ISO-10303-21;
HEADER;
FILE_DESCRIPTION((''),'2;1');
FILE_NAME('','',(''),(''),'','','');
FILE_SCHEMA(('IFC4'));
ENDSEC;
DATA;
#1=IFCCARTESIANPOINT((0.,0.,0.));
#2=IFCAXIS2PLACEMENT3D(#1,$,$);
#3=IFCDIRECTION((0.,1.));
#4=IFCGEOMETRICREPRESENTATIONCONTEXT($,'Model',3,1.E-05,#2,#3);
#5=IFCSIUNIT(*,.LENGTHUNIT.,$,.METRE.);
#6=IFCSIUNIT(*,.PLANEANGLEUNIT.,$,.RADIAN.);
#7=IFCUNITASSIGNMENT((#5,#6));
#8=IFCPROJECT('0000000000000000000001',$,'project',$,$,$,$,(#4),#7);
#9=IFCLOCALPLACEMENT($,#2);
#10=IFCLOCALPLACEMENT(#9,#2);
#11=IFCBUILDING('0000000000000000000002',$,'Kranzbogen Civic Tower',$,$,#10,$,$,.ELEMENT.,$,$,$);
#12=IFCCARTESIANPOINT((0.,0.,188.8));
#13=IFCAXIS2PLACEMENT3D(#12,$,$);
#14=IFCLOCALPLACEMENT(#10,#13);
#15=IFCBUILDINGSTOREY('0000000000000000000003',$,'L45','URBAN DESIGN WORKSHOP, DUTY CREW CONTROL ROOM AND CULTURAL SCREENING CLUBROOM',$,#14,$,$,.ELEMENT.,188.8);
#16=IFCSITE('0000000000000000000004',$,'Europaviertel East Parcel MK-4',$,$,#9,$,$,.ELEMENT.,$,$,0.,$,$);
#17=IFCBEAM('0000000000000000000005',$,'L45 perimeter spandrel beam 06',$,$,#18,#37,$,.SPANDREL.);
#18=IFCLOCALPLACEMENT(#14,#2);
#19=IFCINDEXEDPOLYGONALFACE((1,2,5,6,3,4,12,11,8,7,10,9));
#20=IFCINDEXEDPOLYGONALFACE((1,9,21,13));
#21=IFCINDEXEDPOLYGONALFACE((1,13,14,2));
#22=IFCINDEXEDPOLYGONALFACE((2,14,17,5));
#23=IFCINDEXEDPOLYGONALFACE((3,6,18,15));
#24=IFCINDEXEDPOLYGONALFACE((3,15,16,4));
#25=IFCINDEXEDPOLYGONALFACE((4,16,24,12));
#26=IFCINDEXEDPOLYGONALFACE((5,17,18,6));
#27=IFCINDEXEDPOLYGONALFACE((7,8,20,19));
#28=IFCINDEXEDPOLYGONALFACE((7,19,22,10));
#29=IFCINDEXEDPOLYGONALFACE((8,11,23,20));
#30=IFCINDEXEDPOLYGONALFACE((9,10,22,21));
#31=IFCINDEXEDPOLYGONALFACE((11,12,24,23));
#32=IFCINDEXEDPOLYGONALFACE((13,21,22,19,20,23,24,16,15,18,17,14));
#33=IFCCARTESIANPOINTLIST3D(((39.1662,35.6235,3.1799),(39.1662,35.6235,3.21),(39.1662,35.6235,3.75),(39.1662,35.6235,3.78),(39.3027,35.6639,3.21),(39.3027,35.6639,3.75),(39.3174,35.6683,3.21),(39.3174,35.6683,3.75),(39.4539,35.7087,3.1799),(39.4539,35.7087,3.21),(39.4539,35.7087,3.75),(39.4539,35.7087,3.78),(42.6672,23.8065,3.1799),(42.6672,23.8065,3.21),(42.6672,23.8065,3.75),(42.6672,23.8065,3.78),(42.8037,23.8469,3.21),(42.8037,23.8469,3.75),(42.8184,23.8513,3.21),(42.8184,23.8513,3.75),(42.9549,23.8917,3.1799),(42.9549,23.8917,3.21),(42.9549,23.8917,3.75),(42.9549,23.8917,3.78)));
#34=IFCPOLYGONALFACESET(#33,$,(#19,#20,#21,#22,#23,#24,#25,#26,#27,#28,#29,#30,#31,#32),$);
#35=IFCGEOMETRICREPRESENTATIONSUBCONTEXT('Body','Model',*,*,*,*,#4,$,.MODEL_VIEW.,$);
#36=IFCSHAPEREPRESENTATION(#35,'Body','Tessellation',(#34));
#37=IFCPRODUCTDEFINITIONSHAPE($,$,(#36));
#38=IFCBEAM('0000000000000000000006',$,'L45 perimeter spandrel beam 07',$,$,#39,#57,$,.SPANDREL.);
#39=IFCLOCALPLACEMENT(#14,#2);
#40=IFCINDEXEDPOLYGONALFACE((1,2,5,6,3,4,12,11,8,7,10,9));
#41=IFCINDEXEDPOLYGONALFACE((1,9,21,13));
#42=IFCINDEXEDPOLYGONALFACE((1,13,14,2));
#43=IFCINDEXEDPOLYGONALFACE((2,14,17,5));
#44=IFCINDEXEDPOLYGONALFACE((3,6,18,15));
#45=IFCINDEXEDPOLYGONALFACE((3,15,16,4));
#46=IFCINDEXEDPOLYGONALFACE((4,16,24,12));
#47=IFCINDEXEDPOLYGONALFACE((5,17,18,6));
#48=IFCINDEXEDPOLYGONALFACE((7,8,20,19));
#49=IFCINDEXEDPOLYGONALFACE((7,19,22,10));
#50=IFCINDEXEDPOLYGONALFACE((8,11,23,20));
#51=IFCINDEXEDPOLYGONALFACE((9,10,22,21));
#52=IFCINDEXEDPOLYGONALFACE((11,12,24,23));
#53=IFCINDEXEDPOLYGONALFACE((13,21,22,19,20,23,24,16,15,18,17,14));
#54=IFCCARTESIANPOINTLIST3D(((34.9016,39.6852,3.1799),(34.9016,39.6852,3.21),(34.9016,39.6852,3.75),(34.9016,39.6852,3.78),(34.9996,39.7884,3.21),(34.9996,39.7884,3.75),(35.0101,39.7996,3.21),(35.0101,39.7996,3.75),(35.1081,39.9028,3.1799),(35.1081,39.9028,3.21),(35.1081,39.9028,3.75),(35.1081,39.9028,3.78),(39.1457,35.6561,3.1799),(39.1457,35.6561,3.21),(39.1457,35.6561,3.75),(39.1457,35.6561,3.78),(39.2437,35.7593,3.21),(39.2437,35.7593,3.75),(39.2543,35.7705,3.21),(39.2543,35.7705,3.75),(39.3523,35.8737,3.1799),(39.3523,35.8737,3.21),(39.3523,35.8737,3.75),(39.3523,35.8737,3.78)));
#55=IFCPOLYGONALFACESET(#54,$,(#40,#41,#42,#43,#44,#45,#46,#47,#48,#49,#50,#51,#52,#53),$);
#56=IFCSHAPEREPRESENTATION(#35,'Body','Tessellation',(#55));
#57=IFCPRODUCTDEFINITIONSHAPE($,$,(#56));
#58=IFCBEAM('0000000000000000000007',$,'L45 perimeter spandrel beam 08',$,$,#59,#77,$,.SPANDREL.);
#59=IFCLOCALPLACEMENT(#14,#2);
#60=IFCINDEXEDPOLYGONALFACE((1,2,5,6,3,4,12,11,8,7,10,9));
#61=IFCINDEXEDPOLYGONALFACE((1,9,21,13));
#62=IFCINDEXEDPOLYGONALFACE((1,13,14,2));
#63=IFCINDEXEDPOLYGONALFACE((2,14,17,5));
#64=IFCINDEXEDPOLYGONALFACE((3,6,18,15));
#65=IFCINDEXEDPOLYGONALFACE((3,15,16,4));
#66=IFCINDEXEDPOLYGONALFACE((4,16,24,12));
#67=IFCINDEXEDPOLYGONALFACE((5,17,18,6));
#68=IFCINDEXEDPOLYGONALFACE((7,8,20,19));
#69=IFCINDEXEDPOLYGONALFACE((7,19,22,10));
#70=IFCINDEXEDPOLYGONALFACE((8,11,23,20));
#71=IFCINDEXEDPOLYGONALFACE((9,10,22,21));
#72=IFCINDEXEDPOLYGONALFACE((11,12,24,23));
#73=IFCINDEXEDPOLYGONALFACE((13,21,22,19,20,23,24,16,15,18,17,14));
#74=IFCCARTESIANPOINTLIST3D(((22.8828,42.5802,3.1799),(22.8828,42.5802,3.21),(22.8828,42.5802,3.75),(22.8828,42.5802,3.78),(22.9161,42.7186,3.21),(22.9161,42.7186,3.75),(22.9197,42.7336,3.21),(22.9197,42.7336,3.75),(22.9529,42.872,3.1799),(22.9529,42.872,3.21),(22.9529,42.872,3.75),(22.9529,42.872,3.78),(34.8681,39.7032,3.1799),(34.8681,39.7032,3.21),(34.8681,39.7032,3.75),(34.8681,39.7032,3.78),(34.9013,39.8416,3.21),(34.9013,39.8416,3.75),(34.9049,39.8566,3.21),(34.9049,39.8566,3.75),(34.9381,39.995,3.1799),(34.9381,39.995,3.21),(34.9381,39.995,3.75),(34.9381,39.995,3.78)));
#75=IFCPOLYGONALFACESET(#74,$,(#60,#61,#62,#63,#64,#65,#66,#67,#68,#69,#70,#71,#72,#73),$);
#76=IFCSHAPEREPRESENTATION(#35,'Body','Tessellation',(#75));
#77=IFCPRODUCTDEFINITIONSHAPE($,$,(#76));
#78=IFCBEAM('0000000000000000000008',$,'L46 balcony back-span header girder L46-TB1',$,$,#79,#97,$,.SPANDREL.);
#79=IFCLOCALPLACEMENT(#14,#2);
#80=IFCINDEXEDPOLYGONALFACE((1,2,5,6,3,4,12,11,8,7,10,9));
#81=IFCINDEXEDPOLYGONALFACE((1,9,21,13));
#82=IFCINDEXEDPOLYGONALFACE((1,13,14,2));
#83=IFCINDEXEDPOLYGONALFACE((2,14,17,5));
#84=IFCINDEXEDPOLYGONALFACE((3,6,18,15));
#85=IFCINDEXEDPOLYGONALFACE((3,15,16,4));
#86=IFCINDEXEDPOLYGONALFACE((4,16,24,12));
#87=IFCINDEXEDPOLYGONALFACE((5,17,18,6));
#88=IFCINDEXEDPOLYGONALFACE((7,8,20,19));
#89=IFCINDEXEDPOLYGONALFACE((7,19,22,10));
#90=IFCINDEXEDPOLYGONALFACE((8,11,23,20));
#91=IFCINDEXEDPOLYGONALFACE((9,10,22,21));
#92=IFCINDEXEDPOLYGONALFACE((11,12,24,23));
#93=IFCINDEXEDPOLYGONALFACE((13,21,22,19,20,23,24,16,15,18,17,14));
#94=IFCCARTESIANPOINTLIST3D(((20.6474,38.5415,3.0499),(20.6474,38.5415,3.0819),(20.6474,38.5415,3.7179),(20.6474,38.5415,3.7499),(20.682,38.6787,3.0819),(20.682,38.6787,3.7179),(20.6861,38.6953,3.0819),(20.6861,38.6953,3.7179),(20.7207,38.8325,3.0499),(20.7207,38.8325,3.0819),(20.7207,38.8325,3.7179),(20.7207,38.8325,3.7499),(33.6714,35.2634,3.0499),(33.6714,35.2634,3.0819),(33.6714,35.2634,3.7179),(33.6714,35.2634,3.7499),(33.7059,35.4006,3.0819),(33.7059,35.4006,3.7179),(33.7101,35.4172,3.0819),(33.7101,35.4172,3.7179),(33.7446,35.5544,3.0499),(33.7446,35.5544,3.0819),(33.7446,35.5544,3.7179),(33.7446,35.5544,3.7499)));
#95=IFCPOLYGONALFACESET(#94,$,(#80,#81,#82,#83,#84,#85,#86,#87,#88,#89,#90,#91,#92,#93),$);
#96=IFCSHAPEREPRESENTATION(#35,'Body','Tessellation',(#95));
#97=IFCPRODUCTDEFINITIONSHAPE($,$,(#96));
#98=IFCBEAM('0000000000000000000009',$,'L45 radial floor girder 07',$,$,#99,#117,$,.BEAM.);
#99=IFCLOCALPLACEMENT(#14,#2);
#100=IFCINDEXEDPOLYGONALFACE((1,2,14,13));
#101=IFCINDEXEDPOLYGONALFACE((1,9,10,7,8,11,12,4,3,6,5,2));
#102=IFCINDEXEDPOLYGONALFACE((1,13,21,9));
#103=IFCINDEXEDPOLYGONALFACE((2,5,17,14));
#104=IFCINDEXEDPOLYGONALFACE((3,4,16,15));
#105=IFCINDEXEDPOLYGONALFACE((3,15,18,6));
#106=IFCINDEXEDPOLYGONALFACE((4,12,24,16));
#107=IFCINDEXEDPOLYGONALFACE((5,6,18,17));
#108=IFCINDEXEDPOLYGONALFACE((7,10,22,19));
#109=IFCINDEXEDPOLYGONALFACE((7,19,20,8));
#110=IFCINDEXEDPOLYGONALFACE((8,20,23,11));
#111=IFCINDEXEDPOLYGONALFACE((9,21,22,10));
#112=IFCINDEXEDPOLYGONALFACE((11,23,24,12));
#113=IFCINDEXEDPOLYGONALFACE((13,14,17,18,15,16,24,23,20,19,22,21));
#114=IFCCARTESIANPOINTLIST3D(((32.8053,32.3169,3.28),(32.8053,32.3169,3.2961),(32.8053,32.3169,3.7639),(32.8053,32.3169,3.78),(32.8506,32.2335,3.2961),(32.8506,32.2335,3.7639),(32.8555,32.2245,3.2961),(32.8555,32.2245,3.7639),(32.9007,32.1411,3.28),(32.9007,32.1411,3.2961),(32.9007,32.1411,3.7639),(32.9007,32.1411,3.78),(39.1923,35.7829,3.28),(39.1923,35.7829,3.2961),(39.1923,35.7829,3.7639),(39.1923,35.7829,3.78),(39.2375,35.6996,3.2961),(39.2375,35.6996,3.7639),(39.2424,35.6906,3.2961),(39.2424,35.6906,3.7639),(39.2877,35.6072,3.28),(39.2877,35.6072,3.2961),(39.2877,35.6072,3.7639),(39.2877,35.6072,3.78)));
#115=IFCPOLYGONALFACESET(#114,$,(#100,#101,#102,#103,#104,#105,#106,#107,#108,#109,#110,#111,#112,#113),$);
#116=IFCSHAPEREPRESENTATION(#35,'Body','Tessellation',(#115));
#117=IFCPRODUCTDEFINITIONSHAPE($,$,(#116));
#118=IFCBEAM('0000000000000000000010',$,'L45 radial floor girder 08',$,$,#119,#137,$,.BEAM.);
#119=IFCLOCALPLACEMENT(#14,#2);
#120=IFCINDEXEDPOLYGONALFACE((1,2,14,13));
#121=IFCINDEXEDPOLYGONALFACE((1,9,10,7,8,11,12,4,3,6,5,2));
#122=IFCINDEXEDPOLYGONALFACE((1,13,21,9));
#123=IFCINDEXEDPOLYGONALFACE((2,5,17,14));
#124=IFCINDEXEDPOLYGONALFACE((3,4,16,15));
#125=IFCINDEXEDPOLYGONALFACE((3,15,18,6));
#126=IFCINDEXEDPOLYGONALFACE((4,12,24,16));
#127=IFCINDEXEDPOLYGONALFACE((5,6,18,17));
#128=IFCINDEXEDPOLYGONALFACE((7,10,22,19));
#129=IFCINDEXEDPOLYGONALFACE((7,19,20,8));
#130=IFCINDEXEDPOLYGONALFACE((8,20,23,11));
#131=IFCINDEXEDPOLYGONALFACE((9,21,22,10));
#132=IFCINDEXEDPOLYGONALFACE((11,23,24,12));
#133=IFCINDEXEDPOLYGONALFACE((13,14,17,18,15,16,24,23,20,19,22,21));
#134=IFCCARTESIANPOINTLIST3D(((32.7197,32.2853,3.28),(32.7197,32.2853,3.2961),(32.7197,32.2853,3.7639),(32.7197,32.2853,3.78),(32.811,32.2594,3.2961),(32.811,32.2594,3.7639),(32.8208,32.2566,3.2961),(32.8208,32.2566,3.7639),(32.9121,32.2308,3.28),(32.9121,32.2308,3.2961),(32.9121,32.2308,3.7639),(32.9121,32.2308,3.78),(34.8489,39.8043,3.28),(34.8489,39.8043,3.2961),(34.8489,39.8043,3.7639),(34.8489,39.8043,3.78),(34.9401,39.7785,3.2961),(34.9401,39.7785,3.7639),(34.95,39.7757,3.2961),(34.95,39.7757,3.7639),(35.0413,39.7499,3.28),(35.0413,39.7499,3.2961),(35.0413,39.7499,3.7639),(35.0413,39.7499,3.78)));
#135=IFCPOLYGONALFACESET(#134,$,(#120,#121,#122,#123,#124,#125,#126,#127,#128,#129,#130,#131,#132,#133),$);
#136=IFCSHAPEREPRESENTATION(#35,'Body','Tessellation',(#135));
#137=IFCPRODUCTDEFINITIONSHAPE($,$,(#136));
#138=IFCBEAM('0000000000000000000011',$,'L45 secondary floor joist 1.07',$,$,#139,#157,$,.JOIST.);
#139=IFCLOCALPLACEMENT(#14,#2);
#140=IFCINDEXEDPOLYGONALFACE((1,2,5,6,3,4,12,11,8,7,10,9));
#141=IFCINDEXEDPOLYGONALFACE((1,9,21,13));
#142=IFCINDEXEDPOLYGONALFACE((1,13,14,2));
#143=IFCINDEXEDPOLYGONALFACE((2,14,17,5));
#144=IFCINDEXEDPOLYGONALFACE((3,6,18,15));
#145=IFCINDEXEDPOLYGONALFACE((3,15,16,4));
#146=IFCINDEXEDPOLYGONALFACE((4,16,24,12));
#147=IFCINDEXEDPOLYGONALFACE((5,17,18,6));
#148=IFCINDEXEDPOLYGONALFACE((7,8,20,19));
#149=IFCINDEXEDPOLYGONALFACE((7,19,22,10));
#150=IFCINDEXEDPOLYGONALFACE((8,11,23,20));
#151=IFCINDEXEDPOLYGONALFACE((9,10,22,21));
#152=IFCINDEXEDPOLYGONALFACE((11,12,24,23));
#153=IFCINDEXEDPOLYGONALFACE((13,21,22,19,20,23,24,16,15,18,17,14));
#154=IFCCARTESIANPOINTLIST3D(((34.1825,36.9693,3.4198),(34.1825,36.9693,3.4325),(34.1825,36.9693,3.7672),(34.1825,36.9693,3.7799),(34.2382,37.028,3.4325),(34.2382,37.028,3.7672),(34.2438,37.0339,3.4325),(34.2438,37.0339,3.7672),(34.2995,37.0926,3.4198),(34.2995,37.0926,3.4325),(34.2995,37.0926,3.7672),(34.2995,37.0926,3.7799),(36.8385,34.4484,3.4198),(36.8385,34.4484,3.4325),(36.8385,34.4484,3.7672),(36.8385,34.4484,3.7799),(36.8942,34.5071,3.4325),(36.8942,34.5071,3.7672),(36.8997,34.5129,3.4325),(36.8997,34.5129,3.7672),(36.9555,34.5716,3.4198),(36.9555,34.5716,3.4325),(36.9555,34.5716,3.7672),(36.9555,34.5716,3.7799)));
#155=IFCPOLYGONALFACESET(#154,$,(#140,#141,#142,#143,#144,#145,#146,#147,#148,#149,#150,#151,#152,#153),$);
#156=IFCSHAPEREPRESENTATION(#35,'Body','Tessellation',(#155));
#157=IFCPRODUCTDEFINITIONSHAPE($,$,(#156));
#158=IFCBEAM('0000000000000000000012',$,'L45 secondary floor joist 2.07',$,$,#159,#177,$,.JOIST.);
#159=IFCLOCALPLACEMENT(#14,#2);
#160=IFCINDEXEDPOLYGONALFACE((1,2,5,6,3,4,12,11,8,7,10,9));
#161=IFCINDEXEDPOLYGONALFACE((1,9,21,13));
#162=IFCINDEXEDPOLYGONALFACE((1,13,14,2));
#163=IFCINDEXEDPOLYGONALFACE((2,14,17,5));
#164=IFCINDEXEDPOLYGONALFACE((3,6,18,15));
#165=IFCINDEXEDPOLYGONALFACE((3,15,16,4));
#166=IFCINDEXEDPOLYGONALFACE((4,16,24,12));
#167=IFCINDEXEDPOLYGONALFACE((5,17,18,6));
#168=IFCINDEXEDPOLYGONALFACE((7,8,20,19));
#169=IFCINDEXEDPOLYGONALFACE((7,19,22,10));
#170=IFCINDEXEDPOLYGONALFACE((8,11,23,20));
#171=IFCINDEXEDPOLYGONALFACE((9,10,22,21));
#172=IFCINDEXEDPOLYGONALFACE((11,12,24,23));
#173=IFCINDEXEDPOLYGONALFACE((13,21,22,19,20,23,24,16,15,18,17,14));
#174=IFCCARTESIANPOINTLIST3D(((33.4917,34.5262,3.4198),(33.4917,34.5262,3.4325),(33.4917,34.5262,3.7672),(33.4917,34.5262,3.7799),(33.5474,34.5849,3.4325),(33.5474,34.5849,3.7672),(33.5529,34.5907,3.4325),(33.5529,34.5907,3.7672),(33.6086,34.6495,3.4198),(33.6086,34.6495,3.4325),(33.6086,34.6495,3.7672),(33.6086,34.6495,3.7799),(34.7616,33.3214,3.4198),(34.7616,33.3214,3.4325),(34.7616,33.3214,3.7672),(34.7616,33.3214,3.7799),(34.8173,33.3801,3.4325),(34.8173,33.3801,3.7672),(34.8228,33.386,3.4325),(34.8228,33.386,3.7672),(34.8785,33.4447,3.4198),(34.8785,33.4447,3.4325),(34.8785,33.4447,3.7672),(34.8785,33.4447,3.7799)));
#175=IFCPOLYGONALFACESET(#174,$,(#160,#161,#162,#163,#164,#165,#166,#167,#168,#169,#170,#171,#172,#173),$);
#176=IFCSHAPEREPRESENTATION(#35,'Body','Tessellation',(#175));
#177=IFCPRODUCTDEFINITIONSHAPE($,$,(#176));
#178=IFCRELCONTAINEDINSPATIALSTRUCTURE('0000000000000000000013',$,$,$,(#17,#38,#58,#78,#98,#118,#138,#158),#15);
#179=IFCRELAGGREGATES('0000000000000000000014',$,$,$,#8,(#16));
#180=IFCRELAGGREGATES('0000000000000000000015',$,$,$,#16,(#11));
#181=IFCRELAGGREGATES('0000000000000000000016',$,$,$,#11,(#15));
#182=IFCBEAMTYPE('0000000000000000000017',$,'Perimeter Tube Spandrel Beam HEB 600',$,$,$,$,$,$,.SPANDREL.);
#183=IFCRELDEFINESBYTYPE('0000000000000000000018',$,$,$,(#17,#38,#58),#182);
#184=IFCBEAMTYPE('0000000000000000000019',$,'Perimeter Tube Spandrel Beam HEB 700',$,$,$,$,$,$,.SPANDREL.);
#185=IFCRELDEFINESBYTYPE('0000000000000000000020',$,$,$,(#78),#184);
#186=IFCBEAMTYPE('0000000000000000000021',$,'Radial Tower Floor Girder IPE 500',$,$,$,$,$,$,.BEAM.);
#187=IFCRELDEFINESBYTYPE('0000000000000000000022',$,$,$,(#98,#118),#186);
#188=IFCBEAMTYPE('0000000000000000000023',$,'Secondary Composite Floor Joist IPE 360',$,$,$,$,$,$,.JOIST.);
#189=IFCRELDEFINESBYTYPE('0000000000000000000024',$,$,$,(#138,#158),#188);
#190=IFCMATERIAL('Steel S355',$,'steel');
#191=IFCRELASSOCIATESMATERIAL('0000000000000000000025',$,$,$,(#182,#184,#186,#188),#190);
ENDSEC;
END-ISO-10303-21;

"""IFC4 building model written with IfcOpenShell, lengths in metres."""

from ifc_helpers import new_model, si_unit, direction, frame, origin, origin_2d, place, context, subcontext, project, spatial, i_section, extrude, material, material_profile, profile_set, type_object, element, save


model = new_model("IFC4")

# Units and contexts
model_context = context("Model", 3, precision=1e-05, world=origin(), true_north=direction((0.0, 1.0)))
body_context = subcontext(model_context, "Body", "Model", "MODEL_VIEW")
ifc_project = project(units=[si_unit("LENGTHUNIT", "METRE"), si_unit("PLANEANGLEUNIT", "RADIAN")], contexts=[model_context])

# Site, building, storey
site_placement = place(None, origin())
site = spatial("IfcSite", under=ifc_project, at=site_placement, Name="Europaviertel East Parcel MK-4", CompositionType="ELEMENT", RefElevation=0.0)
building_placement = place(site_placement, origin())
building = spatial("IfcBuilding", under=site, at=building_placement, Name="Kranzbogen Civic Tower", CompositionType="ELEMENT")
storey_placement = place(building_placement, frame((0.0, 0.0, 188.8)))
storey = spatial("IfcBuildingStorey", under=building, at=storey_placement, Name="L45", Description="URBAN DESIGN WORKSHOP, DUTY CREW CONTROL ROOM AND CULTURAL SCREENING CLUBROOM", CompositionType="ELEMENT", Elevation=188.8)

# Shared definitions
ifc_material_1 = material(Name="Steel S355", Category="steel")

# Beams
ifc_material_profile_1 = material_profile(ifc_material_1, i_section(OverallWidth=0.3, OverallDepth=0.6001, WebThickness=0.0154, FlangeThickness=0.03, at=origin_2d()), Name="HEB 600")
ifc_profile_set_1 = profile_set([ifc_material_profile_1], Name="Steel S355")
beam_type_1 = type_object("IfcBeamType", Name="Perimeter Tube Spandrel Beam HEB 600", PredefinedType="SPANDREL", material=ifc_profile_set_1)
beam_1_placement = place(storey_placement, frame((42.811, 23.8491, 3.48), z_axis=(-0.284064, 0.958805, 0.0), x_axis=(-0.958805, -0.284064, 0.0)))
element("IfcBeam", 1, at=beam_1_placement, inside=storey, type_object=beam_type_1, Name="L45 perimeter spandrel beam 06", PredefinedType="SPANDREL", context=body_context, shape_type="SweptSolid", body=[
    extrude(i_section(OverallWidth=0.3, OverallDepth=0.6001, WebThickness=0.0154, FlangeThickness=0.03, at=origin_2d()), origin(), (0.0, 0.0, 1.0), 12.3247),
])
beam_2_placement = place(storey_placement, frame((39.249, 35.7649, 3.48), z_axis=(-0.725245, 0.688491, 0.0), x_axis=(-0.688491, -0.725245, 0.0)))
element("IfcBeam", 2, at=beam_2_placement, inside=storey, type_object=beam_type_1, Name="L45 perimeter spandrel beam 07", PredefinedType="SPANDREL", context=body_context, shape_type="SweptSolid", body=[
    extrude(i_section(OverallWidth=0.3, OverallDepth=0.6001, WebThickness=0.0154, FlangeThickness=0.03, at=origin_2d()), origin(), (0.0, 0.0, 1.0), 5.8521),
])
beam_3_placement = place(storey_placement, frame((34.9031, 39.8491, 3.48), z_axis=(-0.972378, 0.233413, 0.0), x_axis=(-0.233413, -0.972378, 0.0)))
element("IfcBeam", 3, at=beam_3_placement, inside=storey, type_object=beam_type_1, Name="L45 perimeter spandrel beam 08", PredefinedType="SPANDREL", context=body_context, shape_type="SweptSolid", body=[
    extrude(i_section(OverallWidth=0.3, OverallDepth=0.6001, WebThickness=0.0154, FlangeThickness=0.03, at=origin_2d()), origin(), (0.0, 0.0, 1.0), 12.3257),
])
ifc_material_profile_2 = material_profile(ifc_material_1, i_section(OverallWidth=0.3, OverallDepth=0.7, WebThickness=0.0171, FlangeThickness=0.032, at=origin_2d()), Name="HEB 700")
ifc_profile_set_2 = profile_set([ifc_material_profile_2], Name="Steel S355")
beam_type_2 = type_object("IfcBeamType", Name="Perimeter Tube Spandrel Beam HEB 700", PredefinedType="SPANDREL", material=ifc_profile_set_2)
beam_4_placement = place(storey_placement, frame((33.708, 35.4089, 3.3999), z_axis=(-0.969754, 0.244084, 0.0), x_axis=(-0.244084, -0.969754, 0.0)))
element("IfcBeam", 4, at=beam_4_placement, inside=storey, type_object=beam_type_2, Name="L46 balcony back-span header girder L46-TB1", PredefinedType="SPANDREL", context=body_context, shape_type="SweptSolid", body=[
    extrude(i_section(OverallWidth=0.3, OverallDepth=0.7, WebThickness=0.0171, FlangeThickness=0.032, at=origin_2d()), origin(), (0.0, 0.0, 1.0), 13.4302),
])
ifc_material_profile_3 = material_profile(ifc_material_1, i_section(OverallWidth=0.2, OverallDepth=0.5, WebThickness=0.0103, FlangeThickness=0.0161, at=origin_2d()), Name="IPE 500")
ifc_profile_set_3 = profile_set([ifc_material_profile_3], Name="Steel S355")
beam_type_3 = type_object("IfcBeamType", Name="Radial Tower Floor Girder IPE 500", PredefinedType="BEAM", material=ifc_profile_set_3)
beam_5_placement = place(storey_placement, frame((39.24, 35.6951, 3.53), z_axis=(-0.878919, -0.47697, 0.0), x_axis=(0.47697, -0.878919, 0.0)))
element("IfcBeam", 5, at=beam_5_placement, inside=storey, type_object=beam_type_3, Name="L45 radial floor girder 07", PredefinedType="BEAM", context=body_context, shape_type="SweptSolid", body=[
    extrude(i_section(OverallWidth=0.2, OverallDepth=0.5, WebThickness=0.0103, FlangeThickness=0.0161, at=origin_2d()), origin(), (0.0, 0.0, 1.0), 7.2668),
])
beam_6_placement = place(storey_placement, frame((34.9451, 39.7771, 3.53), z_axis=(-0.272455, -0.962169, 0.0), x_axis=(0.962169, -0.272455, 0.0)))
element("IfcBeam", 6, at=beam_6_placement, inside=storey, type_object=beam_type_3, Name="L45 radial floor girder 08", PredefinedType="BEAM", context=body_context, shape_type="SweptSolid", body=[
    extrude(i_section(OverallWidth=0.2, OverallDepth=0.5, WebThickness=0.0103, FlangeThickness=0.0161, at=origin_2d()), origin(), (0.0, 0.0, 1.0), 7.8147),
])
ifc_material_profile_4 = material_profile(ifc_material_1, i_section(OverallWidth=0.1699, OverallDepth=0.3601, WebThickness=0.0081, FlangeThickness=0.0127, at=origin_2d()), Name="IPE 360")
ifc_profile_set_4 = profile_set([ifc_material_profile_4], Name="Steel S355")
beam_type_4 = type_object("IfcBeamType", Name="Secondary Composite Floor Joist IPE 360", PredefinedType="JOIST", material=ifc_profile_set_4)
beam_7_placement = place(storey_placement, frame((36.897, 34.51, 3.5999), z_axis=(-0.725301, 0.688432, 0.0), x_axis=(-0.688432, -0.725301, 0.0)))
element("IfcBeam", 7, at=beam_7_placement, inside=storey, type_object=beam_type_4, Name="L45 secondary floor joist 1.07", PredefinedType="JOIST", context=body_context, shape_type="SweptSolid", body=[
    extrude(i_section(OverallWidth=0.1699, OverallDepth=0.3601, WebThickness=0.0081, FlangeThickness=0.0127, at=origin_2d()), origin(), (0.0, 0.0, 1.0), 3.6619),
])
beam_8_placement = place(storey_placement, frame((34.8201, 33.3831, 3.5999), z_axis=(-0.72548, 0.688243, 0.0), x_axis=(-0.688243, -0.72548, 0.0)))
element("IfcBeam", 8, at=beam_8_placement, inside=storey, type_object=beam_type_4, Name="L45 secondary floor joist 2.07", PredefinedType="JOIST", context=body_context, shape_type="SweptSolid", body=[
    extrude(i_section(OverallWidth=0.1699, OverallDepth=0.3601, WebThickness=0.0081, FlangeThickness=0.0127, at=origin_2d()), origin(), (0.0, 0.0, 1.0), 1.7505),
])

save(model, "model.ifc")
